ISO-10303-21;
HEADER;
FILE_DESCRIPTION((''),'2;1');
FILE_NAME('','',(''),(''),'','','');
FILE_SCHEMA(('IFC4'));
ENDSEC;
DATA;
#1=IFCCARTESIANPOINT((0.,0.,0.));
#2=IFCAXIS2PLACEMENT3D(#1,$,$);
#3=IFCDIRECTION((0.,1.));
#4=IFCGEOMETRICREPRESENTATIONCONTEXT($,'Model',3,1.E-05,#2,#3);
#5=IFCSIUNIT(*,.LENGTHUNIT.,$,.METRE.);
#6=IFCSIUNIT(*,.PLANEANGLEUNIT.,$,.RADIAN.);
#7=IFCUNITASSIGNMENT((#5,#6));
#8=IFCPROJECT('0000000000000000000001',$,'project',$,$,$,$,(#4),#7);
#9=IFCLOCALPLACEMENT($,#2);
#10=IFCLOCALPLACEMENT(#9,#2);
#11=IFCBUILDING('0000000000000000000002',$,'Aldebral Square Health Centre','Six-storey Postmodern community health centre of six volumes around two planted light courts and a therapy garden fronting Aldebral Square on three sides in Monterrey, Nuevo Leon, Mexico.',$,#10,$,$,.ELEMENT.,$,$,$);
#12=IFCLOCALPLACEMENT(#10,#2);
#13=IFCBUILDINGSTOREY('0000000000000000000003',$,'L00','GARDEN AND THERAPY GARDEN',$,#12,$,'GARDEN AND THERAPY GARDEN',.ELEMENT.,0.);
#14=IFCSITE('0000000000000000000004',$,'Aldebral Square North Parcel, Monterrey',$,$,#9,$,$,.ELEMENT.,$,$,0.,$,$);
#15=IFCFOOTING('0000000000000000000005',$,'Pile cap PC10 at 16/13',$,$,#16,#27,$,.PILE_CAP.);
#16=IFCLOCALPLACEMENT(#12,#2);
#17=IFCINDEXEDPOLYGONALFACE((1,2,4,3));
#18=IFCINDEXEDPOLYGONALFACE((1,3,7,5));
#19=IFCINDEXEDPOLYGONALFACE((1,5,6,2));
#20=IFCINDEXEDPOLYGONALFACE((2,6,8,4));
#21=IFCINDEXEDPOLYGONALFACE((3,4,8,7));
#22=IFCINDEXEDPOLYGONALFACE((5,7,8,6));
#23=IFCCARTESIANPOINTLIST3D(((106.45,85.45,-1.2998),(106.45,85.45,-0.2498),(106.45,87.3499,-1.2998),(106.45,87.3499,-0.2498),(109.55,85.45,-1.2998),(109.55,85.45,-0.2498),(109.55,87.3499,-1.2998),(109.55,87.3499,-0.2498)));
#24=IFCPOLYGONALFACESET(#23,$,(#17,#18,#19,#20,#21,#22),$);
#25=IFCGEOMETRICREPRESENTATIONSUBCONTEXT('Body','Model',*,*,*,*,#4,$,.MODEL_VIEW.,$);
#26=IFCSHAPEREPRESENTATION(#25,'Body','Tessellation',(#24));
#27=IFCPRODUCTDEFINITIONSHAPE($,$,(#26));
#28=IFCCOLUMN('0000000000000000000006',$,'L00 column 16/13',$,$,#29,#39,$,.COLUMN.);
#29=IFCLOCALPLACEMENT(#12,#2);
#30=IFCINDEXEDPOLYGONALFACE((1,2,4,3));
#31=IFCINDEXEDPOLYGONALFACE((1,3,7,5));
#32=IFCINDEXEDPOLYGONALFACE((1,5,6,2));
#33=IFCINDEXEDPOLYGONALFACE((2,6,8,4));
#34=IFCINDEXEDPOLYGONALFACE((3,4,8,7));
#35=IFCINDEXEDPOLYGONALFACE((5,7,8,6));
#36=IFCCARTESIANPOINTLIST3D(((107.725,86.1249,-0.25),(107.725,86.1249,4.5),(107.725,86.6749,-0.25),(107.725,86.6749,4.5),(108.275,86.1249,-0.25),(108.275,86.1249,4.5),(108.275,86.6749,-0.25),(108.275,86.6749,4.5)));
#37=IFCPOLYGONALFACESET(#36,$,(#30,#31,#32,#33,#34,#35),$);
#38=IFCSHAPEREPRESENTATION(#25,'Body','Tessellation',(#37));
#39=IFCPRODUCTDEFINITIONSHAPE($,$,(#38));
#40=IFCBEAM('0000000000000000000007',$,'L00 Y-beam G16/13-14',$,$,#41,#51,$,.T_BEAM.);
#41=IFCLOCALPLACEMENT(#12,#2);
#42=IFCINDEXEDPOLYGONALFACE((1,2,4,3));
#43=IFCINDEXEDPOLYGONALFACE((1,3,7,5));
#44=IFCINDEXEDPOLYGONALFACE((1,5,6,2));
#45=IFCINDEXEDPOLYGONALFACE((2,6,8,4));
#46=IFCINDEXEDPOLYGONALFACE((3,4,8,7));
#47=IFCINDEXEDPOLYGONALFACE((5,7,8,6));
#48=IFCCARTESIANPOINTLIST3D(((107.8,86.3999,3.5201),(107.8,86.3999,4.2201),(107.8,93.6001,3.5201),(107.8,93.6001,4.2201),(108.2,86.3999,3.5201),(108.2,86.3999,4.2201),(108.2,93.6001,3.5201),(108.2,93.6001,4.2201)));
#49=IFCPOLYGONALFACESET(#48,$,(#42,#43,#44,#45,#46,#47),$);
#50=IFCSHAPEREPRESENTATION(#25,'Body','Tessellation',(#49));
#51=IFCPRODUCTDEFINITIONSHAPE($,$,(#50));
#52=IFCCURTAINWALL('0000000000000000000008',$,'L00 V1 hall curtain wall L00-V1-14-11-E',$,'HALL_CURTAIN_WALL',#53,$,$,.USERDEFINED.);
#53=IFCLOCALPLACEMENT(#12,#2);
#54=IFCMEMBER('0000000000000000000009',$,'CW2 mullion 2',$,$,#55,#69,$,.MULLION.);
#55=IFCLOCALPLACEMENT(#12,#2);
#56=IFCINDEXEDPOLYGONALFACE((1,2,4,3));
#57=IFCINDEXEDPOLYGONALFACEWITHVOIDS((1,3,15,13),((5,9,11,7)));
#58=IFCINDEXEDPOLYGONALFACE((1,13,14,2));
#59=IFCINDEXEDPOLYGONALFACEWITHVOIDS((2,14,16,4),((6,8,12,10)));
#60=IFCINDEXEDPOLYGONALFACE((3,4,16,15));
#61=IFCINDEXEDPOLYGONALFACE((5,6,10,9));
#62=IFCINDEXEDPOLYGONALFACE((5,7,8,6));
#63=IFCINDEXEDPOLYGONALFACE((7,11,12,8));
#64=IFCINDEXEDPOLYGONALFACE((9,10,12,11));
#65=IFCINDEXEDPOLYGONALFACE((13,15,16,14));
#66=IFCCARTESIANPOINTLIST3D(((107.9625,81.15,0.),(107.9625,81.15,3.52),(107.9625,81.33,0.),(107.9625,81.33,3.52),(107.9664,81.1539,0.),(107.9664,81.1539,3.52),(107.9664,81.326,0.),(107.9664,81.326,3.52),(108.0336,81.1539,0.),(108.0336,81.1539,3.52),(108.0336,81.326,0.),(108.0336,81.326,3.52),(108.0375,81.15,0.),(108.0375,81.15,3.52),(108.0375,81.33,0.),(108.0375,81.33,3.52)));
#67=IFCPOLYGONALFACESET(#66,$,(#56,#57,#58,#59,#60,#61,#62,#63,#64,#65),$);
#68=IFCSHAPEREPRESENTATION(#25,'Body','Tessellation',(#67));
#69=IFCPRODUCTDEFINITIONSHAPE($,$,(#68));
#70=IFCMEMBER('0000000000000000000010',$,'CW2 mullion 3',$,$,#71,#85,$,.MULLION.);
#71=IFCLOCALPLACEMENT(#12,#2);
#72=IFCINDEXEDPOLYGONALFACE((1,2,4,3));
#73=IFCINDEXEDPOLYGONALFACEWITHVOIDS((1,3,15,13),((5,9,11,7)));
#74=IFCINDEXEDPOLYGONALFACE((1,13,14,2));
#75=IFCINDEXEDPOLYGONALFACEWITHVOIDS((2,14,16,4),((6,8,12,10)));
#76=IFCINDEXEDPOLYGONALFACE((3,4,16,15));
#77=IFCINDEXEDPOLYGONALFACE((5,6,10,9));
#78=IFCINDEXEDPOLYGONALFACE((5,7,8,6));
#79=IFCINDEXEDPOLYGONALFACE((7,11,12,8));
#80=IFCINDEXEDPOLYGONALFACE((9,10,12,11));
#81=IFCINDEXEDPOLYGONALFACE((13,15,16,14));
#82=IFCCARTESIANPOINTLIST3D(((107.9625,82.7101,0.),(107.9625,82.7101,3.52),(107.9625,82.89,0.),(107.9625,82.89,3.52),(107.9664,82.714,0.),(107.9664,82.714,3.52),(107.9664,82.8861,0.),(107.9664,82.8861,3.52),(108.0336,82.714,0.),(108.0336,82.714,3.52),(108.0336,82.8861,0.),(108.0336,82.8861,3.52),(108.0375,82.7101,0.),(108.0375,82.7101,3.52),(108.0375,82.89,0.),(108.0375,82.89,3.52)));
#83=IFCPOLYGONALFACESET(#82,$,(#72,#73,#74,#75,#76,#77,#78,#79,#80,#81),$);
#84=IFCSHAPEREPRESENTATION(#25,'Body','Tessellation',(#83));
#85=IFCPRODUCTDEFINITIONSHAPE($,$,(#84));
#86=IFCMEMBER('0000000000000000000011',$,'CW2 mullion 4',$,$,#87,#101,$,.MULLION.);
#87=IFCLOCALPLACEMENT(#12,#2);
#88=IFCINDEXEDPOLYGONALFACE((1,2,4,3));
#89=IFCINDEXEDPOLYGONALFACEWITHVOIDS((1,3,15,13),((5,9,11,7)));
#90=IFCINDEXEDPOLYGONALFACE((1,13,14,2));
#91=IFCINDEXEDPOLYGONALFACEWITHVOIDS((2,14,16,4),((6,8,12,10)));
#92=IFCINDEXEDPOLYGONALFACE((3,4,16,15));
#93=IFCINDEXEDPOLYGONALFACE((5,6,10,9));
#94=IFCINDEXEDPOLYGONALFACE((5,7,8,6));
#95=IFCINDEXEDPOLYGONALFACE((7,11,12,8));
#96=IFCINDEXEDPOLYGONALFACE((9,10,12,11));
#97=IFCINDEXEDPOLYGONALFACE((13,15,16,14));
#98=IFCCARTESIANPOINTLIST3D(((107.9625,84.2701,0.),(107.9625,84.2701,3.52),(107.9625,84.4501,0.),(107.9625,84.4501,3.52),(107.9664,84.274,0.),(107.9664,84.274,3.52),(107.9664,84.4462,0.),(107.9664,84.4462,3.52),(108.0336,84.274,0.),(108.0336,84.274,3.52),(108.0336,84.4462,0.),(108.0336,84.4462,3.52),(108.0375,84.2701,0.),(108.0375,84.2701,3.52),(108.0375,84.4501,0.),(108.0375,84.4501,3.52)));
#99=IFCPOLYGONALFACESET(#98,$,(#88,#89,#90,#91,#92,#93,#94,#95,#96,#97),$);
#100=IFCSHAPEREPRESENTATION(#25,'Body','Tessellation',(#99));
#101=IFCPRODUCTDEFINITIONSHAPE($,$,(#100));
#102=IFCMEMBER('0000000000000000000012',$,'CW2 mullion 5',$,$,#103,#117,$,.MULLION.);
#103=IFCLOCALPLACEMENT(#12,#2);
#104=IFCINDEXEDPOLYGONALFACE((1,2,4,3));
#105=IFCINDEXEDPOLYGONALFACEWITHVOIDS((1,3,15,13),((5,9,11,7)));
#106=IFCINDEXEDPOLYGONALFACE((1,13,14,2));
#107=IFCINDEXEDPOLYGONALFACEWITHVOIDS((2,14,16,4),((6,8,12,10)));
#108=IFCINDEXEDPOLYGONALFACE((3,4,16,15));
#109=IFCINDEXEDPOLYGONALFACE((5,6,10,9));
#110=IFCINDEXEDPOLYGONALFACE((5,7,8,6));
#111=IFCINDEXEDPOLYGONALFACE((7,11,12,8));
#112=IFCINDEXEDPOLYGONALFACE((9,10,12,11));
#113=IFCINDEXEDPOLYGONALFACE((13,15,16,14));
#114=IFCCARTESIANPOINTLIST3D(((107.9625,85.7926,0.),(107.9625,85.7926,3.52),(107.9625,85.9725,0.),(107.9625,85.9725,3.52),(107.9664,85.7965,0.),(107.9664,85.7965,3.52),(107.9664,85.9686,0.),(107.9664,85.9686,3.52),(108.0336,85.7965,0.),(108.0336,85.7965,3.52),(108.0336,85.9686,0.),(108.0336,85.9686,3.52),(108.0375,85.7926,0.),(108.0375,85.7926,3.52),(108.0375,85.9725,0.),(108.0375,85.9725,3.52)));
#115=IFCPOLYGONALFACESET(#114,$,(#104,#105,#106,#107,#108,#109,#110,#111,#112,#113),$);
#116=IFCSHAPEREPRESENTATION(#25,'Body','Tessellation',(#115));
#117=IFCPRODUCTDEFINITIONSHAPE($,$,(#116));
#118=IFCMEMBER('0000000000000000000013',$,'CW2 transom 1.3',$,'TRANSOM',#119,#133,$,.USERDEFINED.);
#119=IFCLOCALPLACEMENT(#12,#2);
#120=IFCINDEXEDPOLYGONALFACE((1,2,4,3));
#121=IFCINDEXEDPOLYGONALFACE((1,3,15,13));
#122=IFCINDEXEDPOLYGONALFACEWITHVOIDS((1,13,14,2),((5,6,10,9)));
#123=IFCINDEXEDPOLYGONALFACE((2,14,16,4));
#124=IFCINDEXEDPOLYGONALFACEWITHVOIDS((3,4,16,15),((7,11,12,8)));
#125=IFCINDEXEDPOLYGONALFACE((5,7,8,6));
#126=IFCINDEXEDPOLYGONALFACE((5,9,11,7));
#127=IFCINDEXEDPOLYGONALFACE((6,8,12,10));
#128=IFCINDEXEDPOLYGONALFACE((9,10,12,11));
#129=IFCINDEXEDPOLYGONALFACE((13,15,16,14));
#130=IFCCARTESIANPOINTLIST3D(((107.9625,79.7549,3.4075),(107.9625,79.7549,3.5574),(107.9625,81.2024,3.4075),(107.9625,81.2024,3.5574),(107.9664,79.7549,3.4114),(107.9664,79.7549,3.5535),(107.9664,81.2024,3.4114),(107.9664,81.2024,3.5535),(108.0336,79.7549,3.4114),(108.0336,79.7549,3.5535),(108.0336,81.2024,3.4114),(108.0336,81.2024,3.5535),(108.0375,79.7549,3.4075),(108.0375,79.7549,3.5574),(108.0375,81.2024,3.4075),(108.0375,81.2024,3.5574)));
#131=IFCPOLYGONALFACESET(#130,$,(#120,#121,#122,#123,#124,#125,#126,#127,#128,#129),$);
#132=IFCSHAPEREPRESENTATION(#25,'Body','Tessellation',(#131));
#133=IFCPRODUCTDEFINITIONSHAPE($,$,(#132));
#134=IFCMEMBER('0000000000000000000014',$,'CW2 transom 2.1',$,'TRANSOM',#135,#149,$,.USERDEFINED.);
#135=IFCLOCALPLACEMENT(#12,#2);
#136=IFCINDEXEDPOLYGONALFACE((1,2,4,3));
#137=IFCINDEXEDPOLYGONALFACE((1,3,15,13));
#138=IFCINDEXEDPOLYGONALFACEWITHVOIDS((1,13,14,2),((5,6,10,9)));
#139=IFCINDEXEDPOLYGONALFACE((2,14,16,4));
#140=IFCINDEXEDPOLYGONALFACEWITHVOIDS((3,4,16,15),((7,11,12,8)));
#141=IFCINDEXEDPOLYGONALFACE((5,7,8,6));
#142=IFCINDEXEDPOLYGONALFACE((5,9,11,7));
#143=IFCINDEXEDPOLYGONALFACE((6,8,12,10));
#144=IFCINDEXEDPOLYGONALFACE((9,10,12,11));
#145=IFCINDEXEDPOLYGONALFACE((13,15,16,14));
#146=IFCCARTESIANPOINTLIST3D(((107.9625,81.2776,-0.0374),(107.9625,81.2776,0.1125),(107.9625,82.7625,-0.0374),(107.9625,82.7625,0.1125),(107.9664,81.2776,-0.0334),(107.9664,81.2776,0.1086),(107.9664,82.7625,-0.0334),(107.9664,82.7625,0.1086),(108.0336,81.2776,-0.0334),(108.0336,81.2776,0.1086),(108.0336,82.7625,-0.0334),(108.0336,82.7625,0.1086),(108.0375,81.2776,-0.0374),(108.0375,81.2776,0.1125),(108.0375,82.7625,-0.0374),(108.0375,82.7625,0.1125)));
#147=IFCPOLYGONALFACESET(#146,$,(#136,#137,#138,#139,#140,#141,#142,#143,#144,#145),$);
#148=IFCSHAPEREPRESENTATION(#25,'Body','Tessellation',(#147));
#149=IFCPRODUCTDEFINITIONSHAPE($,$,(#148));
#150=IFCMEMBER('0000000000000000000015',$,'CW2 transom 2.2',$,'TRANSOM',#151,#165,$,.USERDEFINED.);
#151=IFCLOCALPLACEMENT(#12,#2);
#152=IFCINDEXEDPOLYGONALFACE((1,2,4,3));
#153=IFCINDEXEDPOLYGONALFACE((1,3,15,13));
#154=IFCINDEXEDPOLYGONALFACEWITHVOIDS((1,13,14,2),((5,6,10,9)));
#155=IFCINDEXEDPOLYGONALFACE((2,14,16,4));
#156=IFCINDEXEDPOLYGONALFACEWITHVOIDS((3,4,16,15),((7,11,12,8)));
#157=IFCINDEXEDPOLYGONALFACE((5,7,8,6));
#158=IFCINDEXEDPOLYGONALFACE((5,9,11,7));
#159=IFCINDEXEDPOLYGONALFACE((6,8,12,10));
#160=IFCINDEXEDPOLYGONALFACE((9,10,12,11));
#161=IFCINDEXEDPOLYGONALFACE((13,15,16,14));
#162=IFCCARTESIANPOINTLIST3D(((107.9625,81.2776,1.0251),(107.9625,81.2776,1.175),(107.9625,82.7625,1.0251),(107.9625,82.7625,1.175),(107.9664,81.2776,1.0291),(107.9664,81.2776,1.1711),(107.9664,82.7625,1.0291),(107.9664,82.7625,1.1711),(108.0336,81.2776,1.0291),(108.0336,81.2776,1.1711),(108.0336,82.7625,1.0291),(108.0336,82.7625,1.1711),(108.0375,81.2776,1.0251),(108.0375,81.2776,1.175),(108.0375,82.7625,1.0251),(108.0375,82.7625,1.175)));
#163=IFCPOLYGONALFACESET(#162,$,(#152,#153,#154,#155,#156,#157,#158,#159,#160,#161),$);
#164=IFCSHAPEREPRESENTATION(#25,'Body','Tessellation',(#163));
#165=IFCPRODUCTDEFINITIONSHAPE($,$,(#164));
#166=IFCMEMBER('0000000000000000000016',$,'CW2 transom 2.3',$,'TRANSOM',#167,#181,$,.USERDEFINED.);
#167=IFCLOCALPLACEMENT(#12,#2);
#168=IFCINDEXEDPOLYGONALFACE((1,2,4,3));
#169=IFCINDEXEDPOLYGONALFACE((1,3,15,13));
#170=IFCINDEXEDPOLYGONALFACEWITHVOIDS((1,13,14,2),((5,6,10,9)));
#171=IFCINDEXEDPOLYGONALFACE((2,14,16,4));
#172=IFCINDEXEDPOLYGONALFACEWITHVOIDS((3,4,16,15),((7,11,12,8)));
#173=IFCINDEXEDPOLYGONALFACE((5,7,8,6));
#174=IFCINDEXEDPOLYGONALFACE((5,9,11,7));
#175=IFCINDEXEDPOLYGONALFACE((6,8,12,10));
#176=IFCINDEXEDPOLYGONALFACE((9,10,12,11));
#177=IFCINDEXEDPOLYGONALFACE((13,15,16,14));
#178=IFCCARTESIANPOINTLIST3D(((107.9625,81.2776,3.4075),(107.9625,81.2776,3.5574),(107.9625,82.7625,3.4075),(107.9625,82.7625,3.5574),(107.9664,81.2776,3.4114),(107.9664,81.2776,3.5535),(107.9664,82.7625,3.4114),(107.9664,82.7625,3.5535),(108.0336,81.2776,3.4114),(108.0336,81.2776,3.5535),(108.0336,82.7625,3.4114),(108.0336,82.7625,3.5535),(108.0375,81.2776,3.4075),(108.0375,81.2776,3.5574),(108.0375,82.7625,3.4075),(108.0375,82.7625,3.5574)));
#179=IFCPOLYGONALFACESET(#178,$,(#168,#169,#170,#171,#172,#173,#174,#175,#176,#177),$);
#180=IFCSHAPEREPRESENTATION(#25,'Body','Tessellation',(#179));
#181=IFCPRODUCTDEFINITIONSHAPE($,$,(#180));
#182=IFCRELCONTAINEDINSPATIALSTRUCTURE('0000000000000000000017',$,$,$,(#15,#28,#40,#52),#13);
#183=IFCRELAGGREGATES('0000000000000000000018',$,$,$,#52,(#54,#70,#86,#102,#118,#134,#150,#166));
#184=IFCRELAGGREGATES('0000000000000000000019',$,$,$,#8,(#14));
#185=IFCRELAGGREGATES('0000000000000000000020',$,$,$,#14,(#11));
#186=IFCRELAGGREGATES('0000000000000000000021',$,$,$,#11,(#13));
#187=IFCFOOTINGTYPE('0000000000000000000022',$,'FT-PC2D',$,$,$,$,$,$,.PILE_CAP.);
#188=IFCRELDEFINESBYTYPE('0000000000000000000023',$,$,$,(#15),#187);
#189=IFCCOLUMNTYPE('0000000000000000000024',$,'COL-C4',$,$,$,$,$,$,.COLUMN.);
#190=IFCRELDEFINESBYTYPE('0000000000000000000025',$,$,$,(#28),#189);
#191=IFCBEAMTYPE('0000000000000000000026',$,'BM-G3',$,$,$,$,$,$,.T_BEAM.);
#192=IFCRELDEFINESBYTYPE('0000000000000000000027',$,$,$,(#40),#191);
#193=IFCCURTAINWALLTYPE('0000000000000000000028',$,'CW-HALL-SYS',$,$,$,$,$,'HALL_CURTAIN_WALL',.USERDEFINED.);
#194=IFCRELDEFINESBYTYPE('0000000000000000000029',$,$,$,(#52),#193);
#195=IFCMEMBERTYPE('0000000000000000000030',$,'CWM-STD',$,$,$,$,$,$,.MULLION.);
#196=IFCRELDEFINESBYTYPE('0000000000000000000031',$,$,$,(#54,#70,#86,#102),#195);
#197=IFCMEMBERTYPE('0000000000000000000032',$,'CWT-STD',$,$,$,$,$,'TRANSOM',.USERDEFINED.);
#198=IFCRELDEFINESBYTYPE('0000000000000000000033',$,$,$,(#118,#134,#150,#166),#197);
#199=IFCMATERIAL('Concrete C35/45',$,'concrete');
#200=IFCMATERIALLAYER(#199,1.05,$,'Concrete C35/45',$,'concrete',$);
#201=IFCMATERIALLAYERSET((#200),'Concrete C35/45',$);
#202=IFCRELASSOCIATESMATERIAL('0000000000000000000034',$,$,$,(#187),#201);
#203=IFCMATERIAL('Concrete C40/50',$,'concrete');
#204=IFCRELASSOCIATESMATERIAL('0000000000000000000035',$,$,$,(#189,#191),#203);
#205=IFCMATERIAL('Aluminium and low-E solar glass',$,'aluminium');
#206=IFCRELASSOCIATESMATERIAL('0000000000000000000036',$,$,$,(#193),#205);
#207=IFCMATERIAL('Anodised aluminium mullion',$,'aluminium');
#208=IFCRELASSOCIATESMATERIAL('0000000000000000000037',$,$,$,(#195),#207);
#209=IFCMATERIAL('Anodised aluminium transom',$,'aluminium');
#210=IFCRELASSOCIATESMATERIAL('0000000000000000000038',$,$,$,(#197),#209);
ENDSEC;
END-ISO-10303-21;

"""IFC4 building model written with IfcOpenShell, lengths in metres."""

from ifc_helpers import new_model, si_unit, direction, frame, origin, origin_2d, place, context, subcontext, project, spatial, rectangle, hollow_rectangle, extrude, material, layer, layer_set, material_profile, profile_set, type_object, element, aggregate, save


model = new_model("IFC4")

# Units and contexts
model_context = context("Model", 3, precision=1e-05, world=origin(), true_north=direction((0.0, 1.0)))
body_context = subcontext(model_context, "Body", "Model", "MODEL_VIEW")
ifc_project = project(units=[si_unit("LENGTHUNIT", "METRE"), si_unit("PLANEANGLEUNIT", "RADIAN")], contexts=[model_context])

# Site, building, storey
site_placement = place(None, origin())
site = spatial("IfcSite", under=ifc_project, at=site_placement, Name="Aldebral Square North Parcel, Monterrey", CompositionType="ELEMENT", RefElevation=0.0)
building_placement = place(site_placement, origin())
building = spatial("IfcBuilding", under=site, at=building_placement, Name="Aldebral Square Health Centre", Description="Six-storey Postmodern community health centre of six volumes around two planted light courts and a therapy garden fronting Aldebral Square on three sides in Monterrey, Nuevo Leon, Mexico.", CompositionType="ELEMENT")
storey_placement = place(building_placement, origin())
storey = spatial("IfcBuildingStorey", under=building, at=storey_placement, Name="L00", Description="GARDEN AND THERAPY GARDEN", LongName="GARDEN AND THERAPY GARDEN", CompositionType="ELEMENT", Elevation=0.0)

# Footing
ifc_material_1 = material(Name="Concrete C35/45", Category="concrete")
ifc_layer_1 = layer(ifc_material_1, 1.05, Name="Concrete C35/45", Category="concrete")
ifc_layer_set_1 = layer_set([ifc_layer_1], Name="Concrete C35/45")
footing_type = type_object("IfcFootingType", Name="FT-PC2D", PredefinedType="PILE_CAP", material=ifc_layer_set_1)
footing_placement = place(storey_placement, frame((108.0, 86.3999, -1.2998), z_axis=(0.0, 0.0, 1.0), x_axis=(1.0, 0.0, 0.0)))
element("IfcFooting", 1, at=footing_placement, inside=storey, type_object=footing_type, Name="Pile cap PC10 at 16/13", PredefinedType="PILE_CAP", context=body_context, shape_type="SweptSolid", body=[
    extrude(rectangle(XDim=3.1001, YDim=1.8999, at=origin_2d()), origin(), (0.0, 0.0, 1.0), 1.05),
])

# Column
ifc_material_2 = material(Name="Concrete C40/50", Category="concrete")
ifc_material_profile_1 = material_profile(ifc_material_2, rectangle(XDim=0.55, YDim=0.55, at=origin_2d()), Name="RC 550x550")
ifc_profile_set_1 = profile_set([ifc_material_profile_1], Name="Concrete C40/50")
column_type = type_object("IfcColumnType", Name="COL-C4", PredefinedType="COLUMN", material=ifc_profile_set_1)
column_placement = place(storey_placement, frame((108.0, 86.3999, -0.25), z_axis=(0.0, 0.0, 1.0), x_axis=(1.0, 0.0, 0.0)))
element("IfcColumn", 2, at=column_placement, inside=storey, type_object=column_type, Name="L00 column 16/13", PredefinedType="COLUMN", context=body_context, shape_type="SweptSolid", body=[
    extrude(rectangle(XDim=0.55, YDim=0.55, at=origin_2d()), origin(), (0.0, 0.0, 1.0), 4.75),
])

# Beam
ifc_material_profile_2 = material_profile(ifc_material_2, rectangle(XDim=0.3999, YDim=0.7, at=origin_2d()), Name="RC 400x700")
ifc_profile_set_2 = profile_set([ifc_material_profile_2], Name="Concrete C40/50")
beam_type = type_object("IfcBeamType", Name="BM-G3", PredefinedType="T_BEAM", material=ifc_profile_set_2)
beam_placement = place(storey_placement, frame((108.0, 86.3999, 3.8701), z_axis=(0.0, 1.0, 0.0), x_axis=(-1.0, 0.0, 0.0)))
element("IfcBeam", 3, at=beam_placement, inside=storey, type_object=beam_type, Name="L00 Y-beam G16/13-14", PredefinedType="T_BEAM", context=body_context, shape_type="SweptSolid", body=[
    extrude(rectangle(XDim=0.3999, YDim=0.7, at=origin_2d()), origin(), (0.0, 0.0, 1.0), 7.2002),
])

# Curtain wall, members
ifc_material_3 = material(Name="Aluminium and low-E solar glass", Category="aluminium")
curtain_wall_type = type_object("IfcCurtainWallType", Name="CW-HALL-SYS", ElementType="HALL_CURTAIN_WALL", PredefinedType="USERDEFINED", material=ifc_material_3)
curtain_wall_placement = place(storey_placement, origin())
curtain_wall = element("IfcCurtainWall", 4, at=curtain_wall_placement, inside=storey, type_object=curtain_wall_type, Name="L00 V1 hall curtain wall L00-V1-14-11-E", ObjectType="HALL_CURTAIN_WALL", PredefinedType="USERDEFINED")
ifc_material_4 = material(Name="Anodised aluminium mullion", Category="aluminium")
ifc_material_profile_3 = material_profile(ifc_material_4, hollow_rectangle(XDim=0.075, YDim=0.1799, WallThickness=0.0039, at=origin_2d()), Name="CWM 75x180x4")
ifc_profile_set_3 = profile_set([ifc_material_profile_3], Name="Anodised aluminium mullion")
member_type_1 = type_object("IfcMemberType", Name="CWM-STD", PredefinedType="MULLION", material=ifc_profile_set_3)
member_1_placement = place(storey_placement, frame((108.0, 81.24, 0.0), z_axis=(0.0, 0.0, 1.0), x_axis=(-1.0, 0.0, 0.0)))
member_1 = element("IfcMember", 5, at=member_1_placement, type_object=member_type_1, Name="CW2 mullion 2", PredefinedType="MULLION", context=body_context, shape_type="SweptSolid", body=[
    extrude(hollow_rectangle(XDim=0.075, YDim=0.1799, WallThickness=0.0039, at=origin_2d()), origin(), (0.0, 0.0, 1.0), 3.52),
])
member_2_placement = place(storey_placement, frame((108.0, 82.8, 0.0), z_axis=(0.0, 0.0, 1.0), x_axis=(-1.0, 0.0, 0.0)))
member_2 = element("IfcMember", 6, at=member_2_placement, type_object=member_type_1, Name="CW2 mullion 3", PredefinedType="MULLION", context=body_context, shape_type="SweptSolid", body=[
    extrude(hollow_rectangle(XDim=0.075, YDim=0.1799, WallThickness=0.0039, at=origin_2d()), origin(), (0.0, 0.0, 1.0), 3.52),
])
member_3_placement = place(storey_placement, frame((108.0, 84.3601, 0.0), z_axis=(0.0, 0.0, 1.0), x_axis=(-1.0, 0.0, 0.0)))
member_3 = element("IfcMember", 7, at=member_3_placement, type_object=member_type_1, Name="CW2 mullion 4", PredefinedType="MULLION", context=body_context, shape_type="SweptSolid", body=[
    extrude(hollow_rectangle(XDim=0.075, YDim=0.1799, WallThickness=0.0039, at=origin_2d()), origin(), (0.0, 0.0, 1.0), 3.52),
])
member_4_placement = place(storey_placement, frame((108.0, 85.8826, 0.0), z_axis=(0.0, 0.0, 1.0), x_axis=(-1.0, 0.0, 0.0)))
member_4 = element("IfcMember", 8, at=member_4_placement, type_object=member_type_1, Name="CW2 mullion 5", PredefinedType="MULLION", context=body_context, shape_type="SweptSolid", body=[
    extrude(hollow_rectangle(XDim=0.075, YDim=0.1799, WallThickness=0.0039, at=origin_2d()), origin(), (0.0, 0.0, 1.0), 3.52),
])
ifc_material_5 = material(Name="Anodised aluminium transom", Category="aluminium")
ifc_material_profile_4 = material_profile(ifc_material_5, hollow_rectangle(XDim=0.075, YDim=0.1499, WallThickness=0.0039, at=origin_2d()), Name="CWT 75x150x4")
ifc_profile_set_4 = profile_set([ifc_material_profile_4], Name="Anodised aluminium transom")
member_type_2 = type_object("IfcMemberType", Name="CWT-STD", ElementType="TRANSOM", PredefinedType="USERDEFINED", material=ifc_profile_set_4)
member_5_placement = place(storey_placement, frame((108.0, 79.7549, 3.4824), z_axis=(0.0, 1.0, 0.0), x_axis=(-1.0, 0.0, 0.0)))
member_5 = element("IfcMember", 9, at=member_5_placement, type_object=member_type_2, Name="CW2 transom 1.3", ObjectType="TRANSOM", PredefinedType="USERDEFINED", context=body_context, shape_type="SweptSolid", body=[
    extrude(hollow_rectangle(XDim=0.075, YDim=0.1499, WallThickness=0.0039, at=origin_2d()), origin(), (0.0, 0.0, 1.0), 1.4475),
])
member_6_placement = place(storey_placement, frame((108.0, 81.2776, 0.0376), z_axis=(0.0, 1.0, 0.0), x_axis=(-1.0, 0.0, 0.0)))
member_6 = element("IfcMember", 10, at=member_6_placement, type_object=member_type_2, Name="CW2 transom 2.1", ObjectType="TRANSOM", PredefinedType="USERDEFINED", context=body_context, shape_type="SweptSolid", body=[
    extrude(hollow_rectangle(XDim=0.075, YDim=0.1499, WallThickness=0.0039, at=origin_2d()), origin(), (0.0, 0.0, 1.0), 1.4849),
])
member_7_placement = place(storey_placement, frame((108.0, 81.2776, 1.1001), z_axis=(0.0, 1.0, 0.0), x_axis=(-1.0, 0.0, 0.0)))
member_7 = element("IfcMember", 11, at=member_7_placement, type_object=member_type_2, Name="CW2 transom 2.2", ObjectType="TRANSOM", PredefinedType="USERDEFINED", context=body_context, shape_type="SweptSolid", body=[
    extrude(hollow_rectangle(XDim=0.075, YDim=0.1499, WallThickness=0.0039, at=origin_2d()), origin(), (0.0, 0.0, 1.0), 1.4849),
])
member_8_placement = place(storey_placement, frame((108.0, 81.2776, 3.4824), z_axis=(0.0, 1.0, 0.0), x_axis=(-1.0, 0.0, 0.0)))
member_8 = element("IfcMember", 12, at=member_8_placement, type_object=member_type_2, Name="CW2 transom 2.3", ObjectType="TRANSOM", PredefinedType="USERDEFINED", context=body_context, shape_type="SweptSolid", body=[
    extrude(hollow_rectangle(XDim=0.075, YDim=0.1499, WallThickness=0.0039, at=origin_2d()), origin(), (0.0, 0.0, 1.0), 1.4849),
])
aggregate(curtain_wall, [member_1, member_2, member_3, member_4, member_5, member_6, member_7, member_8])

save(model, "model.ifc")
